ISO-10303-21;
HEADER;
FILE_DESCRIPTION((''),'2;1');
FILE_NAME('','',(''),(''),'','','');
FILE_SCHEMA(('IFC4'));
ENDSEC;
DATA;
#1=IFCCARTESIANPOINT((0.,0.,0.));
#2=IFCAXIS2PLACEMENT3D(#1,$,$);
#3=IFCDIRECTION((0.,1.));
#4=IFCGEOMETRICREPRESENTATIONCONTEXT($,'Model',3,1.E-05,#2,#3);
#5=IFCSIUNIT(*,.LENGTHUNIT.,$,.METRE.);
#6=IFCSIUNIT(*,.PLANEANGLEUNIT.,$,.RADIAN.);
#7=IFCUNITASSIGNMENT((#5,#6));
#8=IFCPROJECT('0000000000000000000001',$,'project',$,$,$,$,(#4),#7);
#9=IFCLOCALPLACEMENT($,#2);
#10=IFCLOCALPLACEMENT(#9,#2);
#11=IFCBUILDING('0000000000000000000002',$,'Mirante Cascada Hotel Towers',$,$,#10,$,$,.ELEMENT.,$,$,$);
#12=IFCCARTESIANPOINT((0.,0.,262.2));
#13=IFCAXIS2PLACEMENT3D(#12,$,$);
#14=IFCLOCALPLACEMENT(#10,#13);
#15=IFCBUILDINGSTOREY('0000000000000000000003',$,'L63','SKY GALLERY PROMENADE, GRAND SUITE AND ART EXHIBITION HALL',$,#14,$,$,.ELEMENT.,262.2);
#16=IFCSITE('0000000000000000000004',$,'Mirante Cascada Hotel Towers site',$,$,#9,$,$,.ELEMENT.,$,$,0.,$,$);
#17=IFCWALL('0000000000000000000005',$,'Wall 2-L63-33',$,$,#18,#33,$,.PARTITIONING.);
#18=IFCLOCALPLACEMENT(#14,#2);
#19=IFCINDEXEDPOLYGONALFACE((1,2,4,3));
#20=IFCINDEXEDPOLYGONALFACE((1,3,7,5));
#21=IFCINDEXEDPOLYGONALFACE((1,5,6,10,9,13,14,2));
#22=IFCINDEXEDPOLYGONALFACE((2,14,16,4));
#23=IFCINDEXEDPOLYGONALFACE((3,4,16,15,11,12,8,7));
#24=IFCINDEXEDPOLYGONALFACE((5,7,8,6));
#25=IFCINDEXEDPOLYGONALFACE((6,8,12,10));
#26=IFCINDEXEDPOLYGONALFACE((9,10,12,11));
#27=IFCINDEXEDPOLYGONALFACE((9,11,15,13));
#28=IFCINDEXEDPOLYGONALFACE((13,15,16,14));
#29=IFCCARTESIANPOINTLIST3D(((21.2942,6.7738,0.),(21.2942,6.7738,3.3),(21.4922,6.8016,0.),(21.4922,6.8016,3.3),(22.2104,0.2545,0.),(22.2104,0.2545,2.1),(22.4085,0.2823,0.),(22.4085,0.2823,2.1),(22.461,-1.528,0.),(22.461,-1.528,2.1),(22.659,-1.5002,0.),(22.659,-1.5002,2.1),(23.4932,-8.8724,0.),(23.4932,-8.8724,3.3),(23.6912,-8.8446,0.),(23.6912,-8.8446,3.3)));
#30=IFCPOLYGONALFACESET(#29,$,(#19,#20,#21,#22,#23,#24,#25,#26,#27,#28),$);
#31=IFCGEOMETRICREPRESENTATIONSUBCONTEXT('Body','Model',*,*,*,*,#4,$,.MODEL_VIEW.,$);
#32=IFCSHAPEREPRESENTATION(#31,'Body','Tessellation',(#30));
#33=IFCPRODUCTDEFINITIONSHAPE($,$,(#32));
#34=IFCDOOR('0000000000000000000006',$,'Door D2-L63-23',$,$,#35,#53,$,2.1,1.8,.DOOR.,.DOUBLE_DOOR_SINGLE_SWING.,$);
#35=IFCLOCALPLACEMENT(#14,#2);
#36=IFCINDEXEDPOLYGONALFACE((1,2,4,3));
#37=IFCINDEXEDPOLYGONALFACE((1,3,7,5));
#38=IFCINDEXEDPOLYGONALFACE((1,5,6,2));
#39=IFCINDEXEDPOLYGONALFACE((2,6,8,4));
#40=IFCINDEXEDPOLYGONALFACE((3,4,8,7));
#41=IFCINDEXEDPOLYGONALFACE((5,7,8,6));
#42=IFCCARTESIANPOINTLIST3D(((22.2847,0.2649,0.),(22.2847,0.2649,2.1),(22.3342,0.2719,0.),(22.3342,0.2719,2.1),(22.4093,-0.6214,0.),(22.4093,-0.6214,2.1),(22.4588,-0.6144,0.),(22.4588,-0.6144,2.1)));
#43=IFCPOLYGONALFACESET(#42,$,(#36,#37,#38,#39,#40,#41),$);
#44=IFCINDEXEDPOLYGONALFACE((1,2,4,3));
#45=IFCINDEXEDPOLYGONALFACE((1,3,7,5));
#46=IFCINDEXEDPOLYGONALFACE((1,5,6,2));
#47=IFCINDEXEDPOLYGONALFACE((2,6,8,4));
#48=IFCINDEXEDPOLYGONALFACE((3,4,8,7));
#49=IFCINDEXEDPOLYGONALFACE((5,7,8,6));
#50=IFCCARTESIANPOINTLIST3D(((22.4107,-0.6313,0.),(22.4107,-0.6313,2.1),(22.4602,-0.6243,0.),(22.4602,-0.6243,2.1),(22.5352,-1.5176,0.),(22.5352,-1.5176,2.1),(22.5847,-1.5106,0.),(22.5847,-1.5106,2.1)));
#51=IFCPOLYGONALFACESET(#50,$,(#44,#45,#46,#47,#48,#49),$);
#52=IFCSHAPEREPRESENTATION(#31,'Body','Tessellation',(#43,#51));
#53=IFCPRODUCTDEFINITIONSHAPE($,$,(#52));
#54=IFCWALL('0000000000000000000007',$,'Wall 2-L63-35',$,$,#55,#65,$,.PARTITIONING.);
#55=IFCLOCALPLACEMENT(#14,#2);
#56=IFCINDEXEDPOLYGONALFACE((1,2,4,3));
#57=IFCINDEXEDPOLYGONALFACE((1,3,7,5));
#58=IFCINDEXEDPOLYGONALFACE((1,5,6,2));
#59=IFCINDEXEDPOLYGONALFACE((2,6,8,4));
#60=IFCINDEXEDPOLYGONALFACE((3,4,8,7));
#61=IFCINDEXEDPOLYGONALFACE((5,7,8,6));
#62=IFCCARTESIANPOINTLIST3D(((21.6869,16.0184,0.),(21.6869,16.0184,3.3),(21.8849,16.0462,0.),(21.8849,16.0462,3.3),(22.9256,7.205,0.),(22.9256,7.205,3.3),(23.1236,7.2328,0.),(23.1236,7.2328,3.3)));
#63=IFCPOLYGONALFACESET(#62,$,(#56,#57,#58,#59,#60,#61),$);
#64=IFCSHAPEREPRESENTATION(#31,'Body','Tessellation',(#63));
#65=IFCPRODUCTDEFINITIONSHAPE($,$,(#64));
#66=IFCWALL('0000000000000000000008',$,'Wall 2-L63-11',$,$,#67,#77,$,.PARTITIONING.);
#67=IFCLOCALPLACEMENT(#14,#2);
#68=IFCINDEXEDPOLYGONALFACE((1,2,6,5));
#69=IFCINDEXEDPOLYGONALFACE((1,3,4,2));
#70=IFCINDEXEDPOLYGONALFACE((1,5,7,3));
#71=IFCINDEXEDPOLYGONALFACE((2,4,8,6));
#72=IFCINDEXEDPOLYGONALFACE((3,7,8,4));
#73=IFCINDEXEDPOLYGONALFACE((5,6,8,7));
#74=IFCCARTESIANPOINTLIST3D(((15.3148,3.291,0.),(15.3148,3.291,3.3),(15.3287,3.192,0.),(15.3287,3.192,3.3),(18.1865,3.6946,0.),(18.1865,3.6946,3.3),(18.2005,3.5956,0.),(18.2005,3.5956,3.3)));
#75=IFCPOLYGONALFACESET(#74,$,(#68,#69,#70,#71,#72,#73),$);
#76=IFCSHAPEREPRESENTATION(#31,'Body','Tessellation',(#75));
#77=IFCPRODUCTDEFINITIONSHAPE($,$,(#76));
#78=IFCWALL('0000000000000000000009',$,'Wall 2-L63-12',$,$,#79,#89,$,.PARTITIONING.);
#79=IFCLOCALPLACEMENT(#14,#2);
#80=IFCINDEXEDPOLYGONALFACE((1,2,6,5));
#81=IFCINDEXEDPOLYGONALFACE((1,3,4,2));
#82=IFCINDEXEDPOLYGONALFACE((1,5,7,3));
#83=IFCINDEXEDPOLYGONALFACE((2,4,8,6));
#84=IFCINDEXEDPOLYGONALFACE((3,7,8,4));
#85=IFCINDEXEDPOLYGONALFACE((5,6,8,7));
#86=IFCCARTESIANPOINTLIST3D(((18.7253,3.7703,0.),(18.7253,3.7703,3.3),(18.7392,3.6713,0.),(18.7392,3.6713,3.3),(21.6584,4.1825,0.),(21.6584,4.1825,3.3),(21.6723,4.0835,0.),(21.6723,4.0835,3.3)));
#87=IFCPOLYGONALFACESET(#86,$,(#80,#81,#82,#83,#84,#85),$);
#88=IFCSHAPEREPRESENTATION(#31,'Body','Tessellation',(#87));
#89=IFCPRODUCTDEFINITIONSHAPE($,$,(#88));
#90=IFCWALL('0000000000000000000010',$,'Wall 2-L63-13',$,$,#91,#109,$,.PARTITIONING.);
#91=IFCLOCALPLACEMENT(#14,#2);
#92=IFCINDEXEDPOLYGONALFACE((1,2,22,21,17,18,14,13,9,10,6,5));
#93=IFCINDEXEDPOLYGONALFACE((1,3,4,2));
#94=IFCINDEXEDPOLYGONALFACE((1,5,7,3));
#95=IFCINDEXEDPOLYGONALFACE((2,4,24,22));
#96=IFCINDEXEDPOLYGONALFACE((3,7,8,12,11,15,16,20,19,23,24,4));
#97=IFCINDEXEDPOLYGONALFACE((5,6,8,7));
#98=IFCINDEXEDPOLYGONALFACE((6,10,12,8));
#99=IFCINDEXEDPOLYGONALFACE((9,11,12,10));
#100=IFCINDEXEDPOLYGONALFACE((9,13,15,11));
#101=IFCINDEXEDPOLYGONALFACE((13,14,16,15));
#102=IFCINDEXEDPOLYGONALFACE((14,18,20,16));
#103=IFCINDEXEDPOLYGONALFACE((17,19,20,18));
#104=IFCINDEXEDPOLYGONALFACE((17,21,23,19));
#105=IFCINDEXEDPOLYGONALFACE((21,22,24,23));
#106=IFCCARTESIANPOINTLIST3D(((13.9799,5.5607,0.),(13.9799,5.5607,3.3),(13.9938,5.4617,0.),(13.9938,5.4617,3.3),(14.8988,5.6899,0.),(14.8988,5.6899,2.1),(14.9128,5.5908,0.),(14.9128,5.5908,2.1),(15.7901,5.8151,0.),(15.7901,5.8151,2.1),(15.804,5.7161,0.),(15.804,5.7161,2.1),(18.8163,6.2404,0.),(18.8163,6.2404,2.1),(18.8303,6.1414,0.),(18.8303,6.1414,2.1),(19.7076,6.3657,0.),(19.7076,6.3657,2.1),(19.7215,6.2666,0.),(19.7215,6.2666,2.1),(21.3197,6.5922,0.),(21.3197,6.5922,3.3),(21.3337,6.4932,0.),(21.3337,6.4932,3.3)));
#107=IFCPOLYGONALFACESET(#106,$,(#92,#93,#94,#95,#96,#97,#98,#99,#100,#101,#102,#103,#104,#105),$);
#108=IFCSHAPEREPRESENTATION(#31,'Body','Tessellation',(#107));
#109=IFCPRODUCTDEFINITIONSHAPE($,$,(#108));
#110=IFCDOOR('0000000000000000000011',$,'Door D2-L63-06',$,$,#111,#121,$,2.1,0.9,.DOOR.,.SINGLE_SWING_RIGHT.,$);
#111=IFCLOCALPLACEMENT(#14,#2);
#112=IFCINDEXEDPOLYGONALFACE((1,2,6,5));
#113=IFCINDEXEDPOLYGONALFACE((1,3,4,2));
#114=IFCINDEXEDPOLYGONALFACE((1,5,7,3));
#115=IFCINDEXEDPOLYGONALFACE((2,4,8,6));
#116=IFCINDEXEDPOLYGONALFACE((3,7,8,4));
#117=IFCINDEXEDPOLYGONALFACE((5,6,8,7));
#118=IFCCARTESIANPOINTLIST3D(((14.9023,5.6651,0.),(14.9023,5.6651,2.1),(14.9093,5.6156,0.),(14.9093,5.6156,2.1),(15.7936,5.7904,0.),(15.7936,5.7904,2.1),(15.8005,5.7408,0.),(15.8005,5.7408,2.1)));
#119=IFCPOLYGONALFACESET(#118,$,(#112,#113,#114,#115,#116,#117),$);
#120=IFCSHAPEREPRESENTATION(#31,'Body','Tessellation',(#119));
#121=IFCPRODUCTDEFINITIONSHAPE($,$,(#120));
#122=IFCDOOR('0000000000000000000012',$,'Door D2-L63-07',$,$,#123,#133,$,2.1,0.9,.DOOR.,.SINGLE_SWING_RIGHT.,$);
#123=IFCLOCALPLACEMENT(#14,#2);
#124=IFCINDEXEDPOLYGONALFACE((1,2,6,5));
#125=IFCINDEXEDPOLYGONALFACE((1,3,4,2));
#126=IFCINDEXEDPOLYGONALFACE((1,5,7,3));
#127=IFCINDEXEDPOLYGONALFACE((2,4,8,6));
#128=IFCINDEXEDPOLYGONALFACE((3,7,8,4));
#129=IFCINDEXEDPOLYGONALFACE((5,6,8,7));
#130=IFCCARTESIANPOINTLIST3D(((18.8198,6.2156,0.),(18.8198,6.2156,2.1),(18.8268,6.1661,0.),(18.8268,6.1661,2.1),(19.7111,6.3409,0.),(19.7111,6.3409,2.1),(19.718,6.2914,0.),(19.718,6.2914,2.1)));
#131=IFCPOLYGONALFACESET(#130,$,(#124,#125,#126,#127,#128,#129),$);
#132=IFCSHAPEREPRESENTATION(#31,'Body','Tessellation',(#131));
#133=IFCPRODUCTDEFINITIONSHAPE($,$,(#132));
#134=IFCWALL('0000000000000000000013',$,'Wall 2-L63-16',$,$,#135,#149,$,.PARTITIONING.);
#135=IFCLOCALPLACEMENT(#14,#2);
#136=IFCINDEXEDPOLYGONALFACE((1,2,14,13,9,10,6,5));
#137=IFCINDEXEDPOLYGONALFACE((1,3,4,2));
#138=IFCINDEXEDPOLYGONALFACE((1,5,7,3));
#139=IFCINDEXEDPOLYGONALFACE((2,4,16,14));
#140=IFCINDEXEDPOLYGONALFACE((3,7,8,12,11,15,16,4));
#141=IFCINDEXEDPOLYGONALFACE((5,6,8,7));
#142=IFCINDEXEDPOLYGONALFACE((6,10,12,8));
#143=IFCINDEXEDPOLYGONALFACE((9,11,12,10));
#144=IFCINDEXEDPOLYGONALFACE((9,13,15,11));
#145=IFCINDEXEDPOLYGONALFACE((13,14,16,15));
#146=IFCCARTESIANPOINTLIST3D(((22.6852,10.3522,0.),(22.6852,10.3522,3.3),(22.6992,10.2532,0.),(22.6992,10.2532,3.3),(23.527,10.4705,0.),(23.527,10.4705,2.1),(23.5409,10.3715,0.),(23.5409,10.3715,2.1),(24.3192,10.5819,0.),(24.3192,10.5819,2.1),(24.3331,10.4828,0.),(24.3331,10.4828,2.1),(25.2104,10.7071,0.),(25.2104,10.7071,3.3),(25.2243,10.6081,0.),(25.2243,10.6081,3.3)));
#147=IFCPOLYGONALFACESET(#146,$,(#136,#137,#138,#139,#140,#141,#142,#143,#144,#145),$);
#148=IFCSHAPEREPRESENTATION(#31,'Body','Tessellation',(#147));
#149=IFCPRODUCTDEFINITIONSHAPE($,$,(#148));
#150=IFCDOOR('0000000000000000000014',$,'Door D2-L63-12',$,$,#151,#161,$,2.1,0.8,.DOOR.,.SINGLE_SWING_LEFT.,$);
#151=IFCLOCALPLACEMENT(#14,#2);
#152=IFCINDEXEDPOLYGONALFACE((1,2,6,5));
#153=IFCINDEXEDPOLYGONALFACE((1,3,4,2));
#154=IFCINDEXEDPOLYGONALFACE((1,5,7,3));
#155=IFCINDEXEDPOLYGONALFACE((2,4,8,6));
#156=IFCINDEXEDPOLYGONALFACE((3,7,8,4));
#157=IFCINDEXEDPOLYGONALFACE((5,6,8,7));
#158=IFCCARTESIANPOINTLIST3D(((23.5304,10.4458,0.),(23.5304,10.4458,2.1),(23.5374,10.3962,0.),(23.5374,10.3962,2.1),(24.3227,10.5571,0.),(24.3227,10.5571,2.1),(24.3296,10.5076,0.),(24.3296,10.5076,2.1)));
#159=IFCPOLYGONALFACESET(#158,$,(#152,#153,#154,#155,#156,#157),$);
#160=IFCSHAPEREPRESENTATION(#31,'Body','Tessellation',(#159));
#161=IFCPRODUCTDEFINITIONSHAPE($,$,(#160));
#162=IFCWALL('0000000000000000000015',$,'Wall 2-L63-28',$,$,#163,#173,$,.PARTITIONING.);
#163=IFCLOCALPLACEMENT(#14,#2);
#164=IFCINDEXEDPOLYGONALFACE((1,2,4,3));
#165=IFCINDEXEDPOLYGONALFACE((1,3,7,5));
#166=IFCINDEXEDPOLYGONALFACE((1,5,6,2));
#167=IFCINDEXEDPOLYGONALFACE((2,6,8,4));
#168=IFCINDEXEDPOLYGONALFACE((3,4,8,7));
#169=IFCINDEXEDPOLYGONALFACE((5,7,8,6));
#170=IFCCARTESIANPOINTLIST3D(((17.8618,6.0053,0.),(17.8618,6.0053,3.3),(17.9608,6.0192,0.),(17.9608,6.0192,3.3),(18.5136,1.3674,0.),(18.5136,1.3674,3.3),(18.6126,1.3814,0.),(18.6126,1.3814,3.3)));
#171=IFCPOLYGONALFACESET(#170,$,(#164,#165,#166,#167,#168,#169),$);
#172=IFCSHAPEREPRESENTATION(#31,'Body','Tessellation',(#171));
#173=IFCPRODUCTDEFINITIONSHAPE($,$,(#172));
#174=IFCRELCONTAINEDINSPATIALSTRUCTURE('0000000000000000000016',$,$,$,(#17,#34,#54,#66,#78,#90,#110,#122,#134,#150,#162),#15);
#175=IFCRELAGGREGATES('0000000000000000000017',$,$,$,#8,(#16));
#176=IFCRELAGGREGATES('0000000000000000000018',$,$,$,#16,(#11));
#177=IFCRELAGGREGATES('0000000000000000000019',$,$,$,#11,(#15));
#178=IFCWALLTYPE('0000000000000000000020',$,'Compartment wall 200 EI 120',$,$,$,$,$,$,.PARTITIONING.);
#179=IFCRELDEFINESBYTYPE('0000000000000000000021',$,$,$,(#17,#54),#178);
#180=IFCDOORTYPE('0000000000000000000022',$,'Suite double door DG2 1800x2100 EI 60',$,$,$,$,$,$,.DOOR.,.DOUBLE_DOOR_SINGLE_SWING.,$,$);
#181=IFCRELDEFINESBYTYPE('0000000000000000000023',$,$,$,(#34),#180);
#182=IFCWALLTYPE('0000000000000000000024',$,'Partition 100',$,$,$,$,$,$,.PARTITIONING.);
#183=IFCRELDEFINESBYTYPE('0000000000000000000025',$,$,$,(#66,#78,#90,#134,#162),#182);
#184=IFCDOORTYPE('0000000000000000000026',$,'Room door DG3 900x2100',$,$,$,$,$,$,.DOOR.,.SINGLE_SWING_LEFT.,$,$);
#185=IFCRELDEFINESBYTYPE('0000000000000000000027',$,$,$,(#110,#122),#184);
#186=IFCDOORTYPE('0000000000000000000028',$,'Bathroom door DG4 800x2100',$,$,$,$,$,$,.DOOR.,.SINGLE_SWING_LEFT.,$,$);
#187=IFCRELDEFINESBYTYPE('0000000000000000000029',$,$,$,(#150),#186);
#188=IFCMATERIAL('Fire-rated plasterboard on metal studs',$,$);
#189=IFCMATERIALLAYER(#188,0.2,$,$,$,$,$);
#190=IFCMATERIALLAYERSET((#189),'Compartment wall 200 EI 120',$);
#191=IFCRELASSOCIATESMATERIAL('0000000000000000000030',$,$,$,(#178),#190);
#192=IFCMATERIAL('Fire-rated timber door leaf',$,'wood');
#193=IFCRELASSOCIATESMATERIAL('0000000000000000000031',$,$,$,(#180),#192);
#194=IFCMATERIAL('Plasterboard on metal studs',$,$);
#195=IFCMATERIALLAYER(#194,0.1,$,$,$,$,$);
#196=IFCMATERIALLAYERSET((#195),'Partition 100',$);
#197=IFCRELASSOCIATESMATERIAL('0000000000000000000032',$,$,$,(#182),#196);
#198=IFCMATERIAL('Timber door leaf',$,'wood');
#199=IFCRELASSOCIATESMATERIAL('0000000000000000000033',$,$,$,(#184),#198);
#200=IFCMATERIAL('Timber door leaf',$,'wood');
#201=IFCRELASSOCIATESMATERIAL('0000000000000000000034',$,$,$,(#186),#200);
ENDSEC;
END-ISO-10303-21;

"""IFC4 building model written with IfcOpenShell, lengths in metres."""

from ifc_helpers import new_model, si_unit, direction, frame, frame_2d, origin, place, context, subcontext, project, spatial, rectangle, extrude, material, layer, layer_set, type_object, element, fill, save


model = new_model("IFC4")

# Units and contexts
model_context = context("Model", 3, precision=1e-05, world=origin(), true_north=direction((0.0, 1.0)))
body_context = subcontext(model_context, "Body", "Model", "MODEL_VIEW")
ifc_project = project(units=[si_unit("LENGTHUNIT", "METRE"), si_unit("PLANEANGLEUNIT", "RADIAN")], contexts=[model_context])

# Site, building, storey
site_placement = place(None, origin())
site = spatial("IfcSite", under=ifc_project, at=site_placement, Name="Mirante Cascada Hotel Towers site", CompositionType="ELEMENT", RefElevation=0.0)
building_placement = place(site_placement, origin())
building = spatial("IfcBuilding", under=site, at=building_placement, Name="Mirante Cascada Hotel Towers", CompositionType="ELEMENT")
storey_placement = place(building_placement, frame((0.0, 0.0, 262.2)))
storey = spatial("IfcBuildingStorey", under=building, at=storey_placement, Name="L63", Description="SKY GALLERY PROMENADE, GRAND SUITE AND ART EXHIBITION HALL", CompositionType="ELEMENT", Elevation=262.2)

# Shared definitions
ifc_material_1 = material(Name="Fire-rated plasterboard on metal studs")
ifc_layer_1 = layer(ifc_material_1, 0.2)
ifc_layer_set_1 = layer_set([ifc_layer_1], Name="Compartment wall 200 EI 120")
wall_type_1 = type_object("IfcWallType", Name="Compartment wall 200 EI 120", PredefinedType="PARTITIONING", material=ifc_layer_set_1)

# Wall, opening, door
wall_1_placement = place(storey_placement, frame((21.3932, 6.7877, 0.0), z_axis=(0.0, 0.0, 1.0), x_axis=(0.139177, -0.990267, 0.0)))
wall_1 = element("IfcWall", 1, at=wall_1_placement, inside=storey, type_object=wall_type_1, Name="Wall 2-L63-33", PredefinedType="PARTITIONING", context=body_context, shape_type="SweptSolid", body=[
    extrude(rectangle(XDim=15.8, YDim=0.2, at=frame_2d((7.9, 0.0))), origin(), (0.0, 0.0, 1.0), 3.3),
])
opening_1_placement = place(wall_1_placement, frame((6.5834, 0.0, 0.0)))
opening_1 = element("IfcOpeningElement", 2, at=opening_1_placement, cuts=wall_1, PredefinedType="OPENING", context=body_context, shape_type="SweptSolid", body=[
    extrude(rectangle(XDim=1.8, YDim=2.1, at=frame_2d((0.9, 1.05))), frame((0.0, 0.1, 0.0), z_axis=(0.0, -1.0, 0.0), x_axis=(1.0, 0.0, 0.0)), (0.0, 0.0, 1.0), 0.2),
])
ifc_material_2 = material(Name="Fire-rated timber door leaf", Category="wood")
door_type_1 = type_object("IfcDoorType", Name="Suite double door DG2 1800x2100 EI 60", OperationType="DOUBLE_DOOR_SINGLE_SWING", PredefinedType="DOOR", material=ifc_material_2)
door_1_placement = place(opening_1_placement, origin())
door_1 = element("IfcDoor", 3, at=door_1_placement, inside=storey, type_object=door_type_1, Name="Door D2-L63-23", OperationType="DOUBLE_DOOR_SINGLE_SWING", OverallHeight=2.1, OverallWidth=1.8, PredefinedType="DOOR", context=body_context, shape_type="SweptSolid", body=[
    extrude(rectangle(XDim=0.895, YDim=2.1, at=frame_2d((0.4475, 1.05))), frame((0.0, 0.025, 0.0), z_axis=(0.0, -1.0, 0.0), x_axis=(1.0, 0.0, 0.0)), (0.0, 0.0, 1.0), 0.05),
    extrude(rectangle(XDim=0.895, YDim=2.1, at=frame_2d((1.3525, 1.05))), frame((0.0, 0.025, 0.0), z_axis=(0.0, -1.0, 0.0), x_axis=(1.0, 0.0, 0.0)), (0.0, 0.0, 1.0), 0.05),
])
fill(opening_1, door_1)

# Walls
wall_2_placement = place(storey_placement, frame((21.7859, 16.0323, 0.0), z_axis=(0.0, 0.0, 1.0), x_axis=(0.139179, -0.990267, 0.0)))
element("IfcWall", 4, at=wall_2_placement, inside=storey, type_object=wall_type_1, Name="Wall 2-L63-35", PredefinedType="PARTITIONING", context=body_context, shape_type="SweptSolid", body=[
    extrude(rectangle(XDim=8.9, YDim=0.2, at=frame_2d((4.45, 0.0))), origin(), (0.0, 0.0, 1.0), 3.3),
])
ifc_material_3 = material(Name="Plasterboard on metal studs")
ifc_layer_2 = layer(ifc_material_3, 0.1)
ifc_layer_set_2 = layer_set([ifc_layer_2], Name="Partition 100")
wall_type_2 = type_object("IfcWallType", Name="Partition 100", PredefinedType="PARTITIONING", material=ifc_layer_set_2)
wall_3_placement = place(storey_placement, frame((18.1935, 3.6451, 0.0), z_axis=(0.0, 0.0, 1.0), x_axis=(-0.990268, -0.139171, 0.0)))
element("IfcWall", 5, at=wall_3_placement, inside=storey, type_object=wall_type_2, Name="Wall 2-L63-11", PredefinedType="PARTITIONING", context=body_context, shape_type="SweptSolid", body=[
    extrude(rectangle(XDim=2.9, YDim=0.1, at=frame_2d((1.45, 0.0))), origin(), (0.0, 0.0, 1.0), 3.3),
])
wall_4_placement = place(storey_placement, frame((18.7322, 3.7208, 0.0), z_axis=(0.0, 0.0, 1.0), x_axis=(0.990269, 0.139166, 0.0)))
element("IfcWall", 6, at=wall_4_placement, inside=storey, type_object=wall_type_2, Name="Wall 2-L63-12", PredefinedType="PARTITIONING", context=body_context, shape_type="SweptSolid", body=[
    extrude(rectangle(XDim=2.9619, YDim=0.1, at=frame_2d((1.481, 0.0))), origin(), (0.0, 0.0, 1.0), 3.3),
])

# Wall, openings, doors
wall_5_placement = place(storey_placement, frame((21.3267, 6.5427, 0.0), z_axis=(0.0, 0.0, 1.0), x_axis=(-0.990269, -0.139166, 0.0)))
wall_5 = element("IfcWall", 7, at=wall_5_placement, inside=storey, type_object=wall_type_2, Name="Wall 2-L63-13", PredefinedType="PARTITIONING", context=body_context, shape_type="SweptSolid", body=[
    extrude(rectangle(XDim=7.412, YDim=0.1, at=frame_2d((3.706, 0.0))), origin(), (0.0, 0.0, 1.0), 3.3),
])
opening_2_placement = place(wall_5_placement, frame((5.584, 0.0, 0.0)))
opening_2 = element("IfcOpeningElement", 8, at=opening_2_placement, cuts=wall_5, PredefinedType="OPENING", context=body_context, shape_type="SweptSolid", body=[
    extrude(rectangle(XDim=0.9, YDim=2.1, at=frame_2d((0.45, 1.05))), frame((0.0, 0.05, 0.0), z_axis=(0.0, -1.0, 0.0), x_axis=(1.0, 0.0, 0.0)), (0.0, 0.0, 1.0), 0.1),
])
opening_3_placement = place(wall_5_placement, frame((1.628, 0.0, 0.0)))
opening_3 = element("IfcOpeningElement", 9, at=opening_3_placement, cuts=wall_5, PredefinedType="OPENING", context=body_context, shape_type="SweptSolid", body=[
    extrude(rectangle(XDim=0.9, YDim=2.1, at=frame_2d((0.45, 1.05))), frame((0.0, 0.05, 0.0), z_axis=(0.0, -1.0, 0.0), x_axis=(1.0, 0.0, 0.0)), (0.0, 0.0, 1.0), 0.1),
])
ifc_material_4 = material(Name="Timber door leaf", Category="wood")
door_type_2 = type_object("IfcDoorType", Name="Room door DG3 900x2100", OperationType="SINGLE_SWING_LEFT", PredefinedType="DOOR", material=ifc_material_4)
door_2_placement = place(opening_2_placement, frame((0.9, 0.0, 0.0), z_axis=(0.0, 0.0, 1.0), x_axis=(-1.0, 0.0, 0.0)))
door_2 = element("IfcDoor", 10, at=door_2_placement, inside=storey, type_object=door_type_2, Name="Door D2-L63-06", OperationType="SINGLE_SWING_RIGHT", OverallHeight=2.1, OverallWidth=0.9, PredefinedType="DOOR", context=body_context, shape_type="SweptSolid", body=[
    extrude(rectangle(XDim=0.9, YDim=2.1, at=frame_2d((0.45, 1.05))), frame((0.0, 0.025, 0.0), z_axis=(0.0, -1.0, 0.0), x_axis=(1.0, 0.0, 0.0)), (0.0, 0.0, 1.0), 0.05),
])
fill(opening_2, door_2)
door_3_placement = place(opening_3_placement, frame((0.9, 0.0, 0.0), z_axis=(0.0, 0.0, 1.0), x_axis=(-1.0, 0.0, 0.0)))
door_3 = element("IfcDoor", 11, at=door_3_placement, inside=storey, type_object=door_type_2, Name="Door D2-L63-07", OperationType="SINGLE_SWING_RIGHT", OverallHeight=2.1, OverallWidth=0.9, PredefinedType="DOOR", context=body_context, shape_type="SweptSolid", body=[
    extrude(rectangle(XDim=0.9, YDim=2.1, at=frame_2d((0.45, 1.05))), frame((0.0, 0.025, 0.0), z_axis=(0.0, -1.0, 0.0), x_axis=(1.0, 0.0, 0.0)), (0.0, 0.0, 1.0), 0.05),
])
fill(opening_3, door_3)

# Wall, opening, door
wall_6_placement = place(storey_placement, frame((22.6922, 10.3027, 0.0), z_axis=(0.0, 0.0, 1.0), x_axis=(0.990268, 0.139176, 0.0)))
wall_6 = element("IfcWall", 12, at=wall_6_placement, inside=storey, type_object=wall_type_2, Name="Wall 2-L63-16", PredefinedType="PARTITIONING", context=body_context, shape_type="SweptSolid", body=[
    extrude(rectangle(XDim=2.55, YDim=0.1, at=frame_2d((1.275, 0.0))), origin(), (0.0, 0.0, 1.0), 3.3),
])
opening_4_placement = place(wall_6_placement, frame((0.85, 0.0, 0.0)))
opening_4 = element("IfcOpeningElement", 13, at=opening_4_placement, cuts=wall_6, PredefinedType="OPENING", context=body_context, shape_type="SweptSolid", body=[
    extrude(rectangle(XDim=0.8, YDim=2.1, at=frame_2d((0.4, 1.05))), frame((0.0, 0.05, 0.0), z_axis=(0.0, -1.0, 0.0), x_axis=(1.0, 0.0, 0.0)), (0.0, 0.0, 1.0), 0.1),
])
ifc_material_5 = material(Name="Timber door leaf", Category="wood")
door_type_3 = type_object("IfcDoorType", Name="Bathroom door DG4 800x2100", OperationType="SINGLE_SWING_LEFT", PredefinedType="DOOR", material=ifc_material_5)
door_4_placement = place(opening_4_placement, origin())
door_4 = element("IfcDoor", 14, at=door_4_placement, inside=storey, type_object=door_type_3, Name="Door D2-L63-12", OperationType="SINGLE_SWING_LEFT", OverallHeight=2.1, OverallWidth=0.8, PredefinedType="DOOR", context=body_context, shape_type="SweptSolid", body=[
    extrude(rectangle(XDim=0.8, YDim=2.1, at=frame_2d((0.4, 1.05))), frame((0.0, 0.025, 0.0), z_axis=(0.0, -1.0, 0.0), x_axis=(1.0, 0.0, 0.0)), (0.0, 0.0, 1.0), 0.05),
])
fill(opening_4, door_4)

# Wall
wall_7_placement = place(storey_placement, frame((18.5631, 1.3744, 0.0), z_axis=(0.0, 0.0, 1.0), x_axis=(-0.139173, 0.990268, 0.0)))
element("IfcWall", 15, at=wall_7_placement, inside=storey, type_object=wall_type_2, Name="Wall 2-L63-28", PredefinedType="PARTITIONING", context=body_context, shape_type="SweptSolid", body=[
    extrude(rectangle(XDim=4.6834, YDim=0.1, at=frame_2d((2.3417, 0.0))), origin(), (0.0, 0.0, 1.0), 3.3),
])

save(model, "model.ifc")
